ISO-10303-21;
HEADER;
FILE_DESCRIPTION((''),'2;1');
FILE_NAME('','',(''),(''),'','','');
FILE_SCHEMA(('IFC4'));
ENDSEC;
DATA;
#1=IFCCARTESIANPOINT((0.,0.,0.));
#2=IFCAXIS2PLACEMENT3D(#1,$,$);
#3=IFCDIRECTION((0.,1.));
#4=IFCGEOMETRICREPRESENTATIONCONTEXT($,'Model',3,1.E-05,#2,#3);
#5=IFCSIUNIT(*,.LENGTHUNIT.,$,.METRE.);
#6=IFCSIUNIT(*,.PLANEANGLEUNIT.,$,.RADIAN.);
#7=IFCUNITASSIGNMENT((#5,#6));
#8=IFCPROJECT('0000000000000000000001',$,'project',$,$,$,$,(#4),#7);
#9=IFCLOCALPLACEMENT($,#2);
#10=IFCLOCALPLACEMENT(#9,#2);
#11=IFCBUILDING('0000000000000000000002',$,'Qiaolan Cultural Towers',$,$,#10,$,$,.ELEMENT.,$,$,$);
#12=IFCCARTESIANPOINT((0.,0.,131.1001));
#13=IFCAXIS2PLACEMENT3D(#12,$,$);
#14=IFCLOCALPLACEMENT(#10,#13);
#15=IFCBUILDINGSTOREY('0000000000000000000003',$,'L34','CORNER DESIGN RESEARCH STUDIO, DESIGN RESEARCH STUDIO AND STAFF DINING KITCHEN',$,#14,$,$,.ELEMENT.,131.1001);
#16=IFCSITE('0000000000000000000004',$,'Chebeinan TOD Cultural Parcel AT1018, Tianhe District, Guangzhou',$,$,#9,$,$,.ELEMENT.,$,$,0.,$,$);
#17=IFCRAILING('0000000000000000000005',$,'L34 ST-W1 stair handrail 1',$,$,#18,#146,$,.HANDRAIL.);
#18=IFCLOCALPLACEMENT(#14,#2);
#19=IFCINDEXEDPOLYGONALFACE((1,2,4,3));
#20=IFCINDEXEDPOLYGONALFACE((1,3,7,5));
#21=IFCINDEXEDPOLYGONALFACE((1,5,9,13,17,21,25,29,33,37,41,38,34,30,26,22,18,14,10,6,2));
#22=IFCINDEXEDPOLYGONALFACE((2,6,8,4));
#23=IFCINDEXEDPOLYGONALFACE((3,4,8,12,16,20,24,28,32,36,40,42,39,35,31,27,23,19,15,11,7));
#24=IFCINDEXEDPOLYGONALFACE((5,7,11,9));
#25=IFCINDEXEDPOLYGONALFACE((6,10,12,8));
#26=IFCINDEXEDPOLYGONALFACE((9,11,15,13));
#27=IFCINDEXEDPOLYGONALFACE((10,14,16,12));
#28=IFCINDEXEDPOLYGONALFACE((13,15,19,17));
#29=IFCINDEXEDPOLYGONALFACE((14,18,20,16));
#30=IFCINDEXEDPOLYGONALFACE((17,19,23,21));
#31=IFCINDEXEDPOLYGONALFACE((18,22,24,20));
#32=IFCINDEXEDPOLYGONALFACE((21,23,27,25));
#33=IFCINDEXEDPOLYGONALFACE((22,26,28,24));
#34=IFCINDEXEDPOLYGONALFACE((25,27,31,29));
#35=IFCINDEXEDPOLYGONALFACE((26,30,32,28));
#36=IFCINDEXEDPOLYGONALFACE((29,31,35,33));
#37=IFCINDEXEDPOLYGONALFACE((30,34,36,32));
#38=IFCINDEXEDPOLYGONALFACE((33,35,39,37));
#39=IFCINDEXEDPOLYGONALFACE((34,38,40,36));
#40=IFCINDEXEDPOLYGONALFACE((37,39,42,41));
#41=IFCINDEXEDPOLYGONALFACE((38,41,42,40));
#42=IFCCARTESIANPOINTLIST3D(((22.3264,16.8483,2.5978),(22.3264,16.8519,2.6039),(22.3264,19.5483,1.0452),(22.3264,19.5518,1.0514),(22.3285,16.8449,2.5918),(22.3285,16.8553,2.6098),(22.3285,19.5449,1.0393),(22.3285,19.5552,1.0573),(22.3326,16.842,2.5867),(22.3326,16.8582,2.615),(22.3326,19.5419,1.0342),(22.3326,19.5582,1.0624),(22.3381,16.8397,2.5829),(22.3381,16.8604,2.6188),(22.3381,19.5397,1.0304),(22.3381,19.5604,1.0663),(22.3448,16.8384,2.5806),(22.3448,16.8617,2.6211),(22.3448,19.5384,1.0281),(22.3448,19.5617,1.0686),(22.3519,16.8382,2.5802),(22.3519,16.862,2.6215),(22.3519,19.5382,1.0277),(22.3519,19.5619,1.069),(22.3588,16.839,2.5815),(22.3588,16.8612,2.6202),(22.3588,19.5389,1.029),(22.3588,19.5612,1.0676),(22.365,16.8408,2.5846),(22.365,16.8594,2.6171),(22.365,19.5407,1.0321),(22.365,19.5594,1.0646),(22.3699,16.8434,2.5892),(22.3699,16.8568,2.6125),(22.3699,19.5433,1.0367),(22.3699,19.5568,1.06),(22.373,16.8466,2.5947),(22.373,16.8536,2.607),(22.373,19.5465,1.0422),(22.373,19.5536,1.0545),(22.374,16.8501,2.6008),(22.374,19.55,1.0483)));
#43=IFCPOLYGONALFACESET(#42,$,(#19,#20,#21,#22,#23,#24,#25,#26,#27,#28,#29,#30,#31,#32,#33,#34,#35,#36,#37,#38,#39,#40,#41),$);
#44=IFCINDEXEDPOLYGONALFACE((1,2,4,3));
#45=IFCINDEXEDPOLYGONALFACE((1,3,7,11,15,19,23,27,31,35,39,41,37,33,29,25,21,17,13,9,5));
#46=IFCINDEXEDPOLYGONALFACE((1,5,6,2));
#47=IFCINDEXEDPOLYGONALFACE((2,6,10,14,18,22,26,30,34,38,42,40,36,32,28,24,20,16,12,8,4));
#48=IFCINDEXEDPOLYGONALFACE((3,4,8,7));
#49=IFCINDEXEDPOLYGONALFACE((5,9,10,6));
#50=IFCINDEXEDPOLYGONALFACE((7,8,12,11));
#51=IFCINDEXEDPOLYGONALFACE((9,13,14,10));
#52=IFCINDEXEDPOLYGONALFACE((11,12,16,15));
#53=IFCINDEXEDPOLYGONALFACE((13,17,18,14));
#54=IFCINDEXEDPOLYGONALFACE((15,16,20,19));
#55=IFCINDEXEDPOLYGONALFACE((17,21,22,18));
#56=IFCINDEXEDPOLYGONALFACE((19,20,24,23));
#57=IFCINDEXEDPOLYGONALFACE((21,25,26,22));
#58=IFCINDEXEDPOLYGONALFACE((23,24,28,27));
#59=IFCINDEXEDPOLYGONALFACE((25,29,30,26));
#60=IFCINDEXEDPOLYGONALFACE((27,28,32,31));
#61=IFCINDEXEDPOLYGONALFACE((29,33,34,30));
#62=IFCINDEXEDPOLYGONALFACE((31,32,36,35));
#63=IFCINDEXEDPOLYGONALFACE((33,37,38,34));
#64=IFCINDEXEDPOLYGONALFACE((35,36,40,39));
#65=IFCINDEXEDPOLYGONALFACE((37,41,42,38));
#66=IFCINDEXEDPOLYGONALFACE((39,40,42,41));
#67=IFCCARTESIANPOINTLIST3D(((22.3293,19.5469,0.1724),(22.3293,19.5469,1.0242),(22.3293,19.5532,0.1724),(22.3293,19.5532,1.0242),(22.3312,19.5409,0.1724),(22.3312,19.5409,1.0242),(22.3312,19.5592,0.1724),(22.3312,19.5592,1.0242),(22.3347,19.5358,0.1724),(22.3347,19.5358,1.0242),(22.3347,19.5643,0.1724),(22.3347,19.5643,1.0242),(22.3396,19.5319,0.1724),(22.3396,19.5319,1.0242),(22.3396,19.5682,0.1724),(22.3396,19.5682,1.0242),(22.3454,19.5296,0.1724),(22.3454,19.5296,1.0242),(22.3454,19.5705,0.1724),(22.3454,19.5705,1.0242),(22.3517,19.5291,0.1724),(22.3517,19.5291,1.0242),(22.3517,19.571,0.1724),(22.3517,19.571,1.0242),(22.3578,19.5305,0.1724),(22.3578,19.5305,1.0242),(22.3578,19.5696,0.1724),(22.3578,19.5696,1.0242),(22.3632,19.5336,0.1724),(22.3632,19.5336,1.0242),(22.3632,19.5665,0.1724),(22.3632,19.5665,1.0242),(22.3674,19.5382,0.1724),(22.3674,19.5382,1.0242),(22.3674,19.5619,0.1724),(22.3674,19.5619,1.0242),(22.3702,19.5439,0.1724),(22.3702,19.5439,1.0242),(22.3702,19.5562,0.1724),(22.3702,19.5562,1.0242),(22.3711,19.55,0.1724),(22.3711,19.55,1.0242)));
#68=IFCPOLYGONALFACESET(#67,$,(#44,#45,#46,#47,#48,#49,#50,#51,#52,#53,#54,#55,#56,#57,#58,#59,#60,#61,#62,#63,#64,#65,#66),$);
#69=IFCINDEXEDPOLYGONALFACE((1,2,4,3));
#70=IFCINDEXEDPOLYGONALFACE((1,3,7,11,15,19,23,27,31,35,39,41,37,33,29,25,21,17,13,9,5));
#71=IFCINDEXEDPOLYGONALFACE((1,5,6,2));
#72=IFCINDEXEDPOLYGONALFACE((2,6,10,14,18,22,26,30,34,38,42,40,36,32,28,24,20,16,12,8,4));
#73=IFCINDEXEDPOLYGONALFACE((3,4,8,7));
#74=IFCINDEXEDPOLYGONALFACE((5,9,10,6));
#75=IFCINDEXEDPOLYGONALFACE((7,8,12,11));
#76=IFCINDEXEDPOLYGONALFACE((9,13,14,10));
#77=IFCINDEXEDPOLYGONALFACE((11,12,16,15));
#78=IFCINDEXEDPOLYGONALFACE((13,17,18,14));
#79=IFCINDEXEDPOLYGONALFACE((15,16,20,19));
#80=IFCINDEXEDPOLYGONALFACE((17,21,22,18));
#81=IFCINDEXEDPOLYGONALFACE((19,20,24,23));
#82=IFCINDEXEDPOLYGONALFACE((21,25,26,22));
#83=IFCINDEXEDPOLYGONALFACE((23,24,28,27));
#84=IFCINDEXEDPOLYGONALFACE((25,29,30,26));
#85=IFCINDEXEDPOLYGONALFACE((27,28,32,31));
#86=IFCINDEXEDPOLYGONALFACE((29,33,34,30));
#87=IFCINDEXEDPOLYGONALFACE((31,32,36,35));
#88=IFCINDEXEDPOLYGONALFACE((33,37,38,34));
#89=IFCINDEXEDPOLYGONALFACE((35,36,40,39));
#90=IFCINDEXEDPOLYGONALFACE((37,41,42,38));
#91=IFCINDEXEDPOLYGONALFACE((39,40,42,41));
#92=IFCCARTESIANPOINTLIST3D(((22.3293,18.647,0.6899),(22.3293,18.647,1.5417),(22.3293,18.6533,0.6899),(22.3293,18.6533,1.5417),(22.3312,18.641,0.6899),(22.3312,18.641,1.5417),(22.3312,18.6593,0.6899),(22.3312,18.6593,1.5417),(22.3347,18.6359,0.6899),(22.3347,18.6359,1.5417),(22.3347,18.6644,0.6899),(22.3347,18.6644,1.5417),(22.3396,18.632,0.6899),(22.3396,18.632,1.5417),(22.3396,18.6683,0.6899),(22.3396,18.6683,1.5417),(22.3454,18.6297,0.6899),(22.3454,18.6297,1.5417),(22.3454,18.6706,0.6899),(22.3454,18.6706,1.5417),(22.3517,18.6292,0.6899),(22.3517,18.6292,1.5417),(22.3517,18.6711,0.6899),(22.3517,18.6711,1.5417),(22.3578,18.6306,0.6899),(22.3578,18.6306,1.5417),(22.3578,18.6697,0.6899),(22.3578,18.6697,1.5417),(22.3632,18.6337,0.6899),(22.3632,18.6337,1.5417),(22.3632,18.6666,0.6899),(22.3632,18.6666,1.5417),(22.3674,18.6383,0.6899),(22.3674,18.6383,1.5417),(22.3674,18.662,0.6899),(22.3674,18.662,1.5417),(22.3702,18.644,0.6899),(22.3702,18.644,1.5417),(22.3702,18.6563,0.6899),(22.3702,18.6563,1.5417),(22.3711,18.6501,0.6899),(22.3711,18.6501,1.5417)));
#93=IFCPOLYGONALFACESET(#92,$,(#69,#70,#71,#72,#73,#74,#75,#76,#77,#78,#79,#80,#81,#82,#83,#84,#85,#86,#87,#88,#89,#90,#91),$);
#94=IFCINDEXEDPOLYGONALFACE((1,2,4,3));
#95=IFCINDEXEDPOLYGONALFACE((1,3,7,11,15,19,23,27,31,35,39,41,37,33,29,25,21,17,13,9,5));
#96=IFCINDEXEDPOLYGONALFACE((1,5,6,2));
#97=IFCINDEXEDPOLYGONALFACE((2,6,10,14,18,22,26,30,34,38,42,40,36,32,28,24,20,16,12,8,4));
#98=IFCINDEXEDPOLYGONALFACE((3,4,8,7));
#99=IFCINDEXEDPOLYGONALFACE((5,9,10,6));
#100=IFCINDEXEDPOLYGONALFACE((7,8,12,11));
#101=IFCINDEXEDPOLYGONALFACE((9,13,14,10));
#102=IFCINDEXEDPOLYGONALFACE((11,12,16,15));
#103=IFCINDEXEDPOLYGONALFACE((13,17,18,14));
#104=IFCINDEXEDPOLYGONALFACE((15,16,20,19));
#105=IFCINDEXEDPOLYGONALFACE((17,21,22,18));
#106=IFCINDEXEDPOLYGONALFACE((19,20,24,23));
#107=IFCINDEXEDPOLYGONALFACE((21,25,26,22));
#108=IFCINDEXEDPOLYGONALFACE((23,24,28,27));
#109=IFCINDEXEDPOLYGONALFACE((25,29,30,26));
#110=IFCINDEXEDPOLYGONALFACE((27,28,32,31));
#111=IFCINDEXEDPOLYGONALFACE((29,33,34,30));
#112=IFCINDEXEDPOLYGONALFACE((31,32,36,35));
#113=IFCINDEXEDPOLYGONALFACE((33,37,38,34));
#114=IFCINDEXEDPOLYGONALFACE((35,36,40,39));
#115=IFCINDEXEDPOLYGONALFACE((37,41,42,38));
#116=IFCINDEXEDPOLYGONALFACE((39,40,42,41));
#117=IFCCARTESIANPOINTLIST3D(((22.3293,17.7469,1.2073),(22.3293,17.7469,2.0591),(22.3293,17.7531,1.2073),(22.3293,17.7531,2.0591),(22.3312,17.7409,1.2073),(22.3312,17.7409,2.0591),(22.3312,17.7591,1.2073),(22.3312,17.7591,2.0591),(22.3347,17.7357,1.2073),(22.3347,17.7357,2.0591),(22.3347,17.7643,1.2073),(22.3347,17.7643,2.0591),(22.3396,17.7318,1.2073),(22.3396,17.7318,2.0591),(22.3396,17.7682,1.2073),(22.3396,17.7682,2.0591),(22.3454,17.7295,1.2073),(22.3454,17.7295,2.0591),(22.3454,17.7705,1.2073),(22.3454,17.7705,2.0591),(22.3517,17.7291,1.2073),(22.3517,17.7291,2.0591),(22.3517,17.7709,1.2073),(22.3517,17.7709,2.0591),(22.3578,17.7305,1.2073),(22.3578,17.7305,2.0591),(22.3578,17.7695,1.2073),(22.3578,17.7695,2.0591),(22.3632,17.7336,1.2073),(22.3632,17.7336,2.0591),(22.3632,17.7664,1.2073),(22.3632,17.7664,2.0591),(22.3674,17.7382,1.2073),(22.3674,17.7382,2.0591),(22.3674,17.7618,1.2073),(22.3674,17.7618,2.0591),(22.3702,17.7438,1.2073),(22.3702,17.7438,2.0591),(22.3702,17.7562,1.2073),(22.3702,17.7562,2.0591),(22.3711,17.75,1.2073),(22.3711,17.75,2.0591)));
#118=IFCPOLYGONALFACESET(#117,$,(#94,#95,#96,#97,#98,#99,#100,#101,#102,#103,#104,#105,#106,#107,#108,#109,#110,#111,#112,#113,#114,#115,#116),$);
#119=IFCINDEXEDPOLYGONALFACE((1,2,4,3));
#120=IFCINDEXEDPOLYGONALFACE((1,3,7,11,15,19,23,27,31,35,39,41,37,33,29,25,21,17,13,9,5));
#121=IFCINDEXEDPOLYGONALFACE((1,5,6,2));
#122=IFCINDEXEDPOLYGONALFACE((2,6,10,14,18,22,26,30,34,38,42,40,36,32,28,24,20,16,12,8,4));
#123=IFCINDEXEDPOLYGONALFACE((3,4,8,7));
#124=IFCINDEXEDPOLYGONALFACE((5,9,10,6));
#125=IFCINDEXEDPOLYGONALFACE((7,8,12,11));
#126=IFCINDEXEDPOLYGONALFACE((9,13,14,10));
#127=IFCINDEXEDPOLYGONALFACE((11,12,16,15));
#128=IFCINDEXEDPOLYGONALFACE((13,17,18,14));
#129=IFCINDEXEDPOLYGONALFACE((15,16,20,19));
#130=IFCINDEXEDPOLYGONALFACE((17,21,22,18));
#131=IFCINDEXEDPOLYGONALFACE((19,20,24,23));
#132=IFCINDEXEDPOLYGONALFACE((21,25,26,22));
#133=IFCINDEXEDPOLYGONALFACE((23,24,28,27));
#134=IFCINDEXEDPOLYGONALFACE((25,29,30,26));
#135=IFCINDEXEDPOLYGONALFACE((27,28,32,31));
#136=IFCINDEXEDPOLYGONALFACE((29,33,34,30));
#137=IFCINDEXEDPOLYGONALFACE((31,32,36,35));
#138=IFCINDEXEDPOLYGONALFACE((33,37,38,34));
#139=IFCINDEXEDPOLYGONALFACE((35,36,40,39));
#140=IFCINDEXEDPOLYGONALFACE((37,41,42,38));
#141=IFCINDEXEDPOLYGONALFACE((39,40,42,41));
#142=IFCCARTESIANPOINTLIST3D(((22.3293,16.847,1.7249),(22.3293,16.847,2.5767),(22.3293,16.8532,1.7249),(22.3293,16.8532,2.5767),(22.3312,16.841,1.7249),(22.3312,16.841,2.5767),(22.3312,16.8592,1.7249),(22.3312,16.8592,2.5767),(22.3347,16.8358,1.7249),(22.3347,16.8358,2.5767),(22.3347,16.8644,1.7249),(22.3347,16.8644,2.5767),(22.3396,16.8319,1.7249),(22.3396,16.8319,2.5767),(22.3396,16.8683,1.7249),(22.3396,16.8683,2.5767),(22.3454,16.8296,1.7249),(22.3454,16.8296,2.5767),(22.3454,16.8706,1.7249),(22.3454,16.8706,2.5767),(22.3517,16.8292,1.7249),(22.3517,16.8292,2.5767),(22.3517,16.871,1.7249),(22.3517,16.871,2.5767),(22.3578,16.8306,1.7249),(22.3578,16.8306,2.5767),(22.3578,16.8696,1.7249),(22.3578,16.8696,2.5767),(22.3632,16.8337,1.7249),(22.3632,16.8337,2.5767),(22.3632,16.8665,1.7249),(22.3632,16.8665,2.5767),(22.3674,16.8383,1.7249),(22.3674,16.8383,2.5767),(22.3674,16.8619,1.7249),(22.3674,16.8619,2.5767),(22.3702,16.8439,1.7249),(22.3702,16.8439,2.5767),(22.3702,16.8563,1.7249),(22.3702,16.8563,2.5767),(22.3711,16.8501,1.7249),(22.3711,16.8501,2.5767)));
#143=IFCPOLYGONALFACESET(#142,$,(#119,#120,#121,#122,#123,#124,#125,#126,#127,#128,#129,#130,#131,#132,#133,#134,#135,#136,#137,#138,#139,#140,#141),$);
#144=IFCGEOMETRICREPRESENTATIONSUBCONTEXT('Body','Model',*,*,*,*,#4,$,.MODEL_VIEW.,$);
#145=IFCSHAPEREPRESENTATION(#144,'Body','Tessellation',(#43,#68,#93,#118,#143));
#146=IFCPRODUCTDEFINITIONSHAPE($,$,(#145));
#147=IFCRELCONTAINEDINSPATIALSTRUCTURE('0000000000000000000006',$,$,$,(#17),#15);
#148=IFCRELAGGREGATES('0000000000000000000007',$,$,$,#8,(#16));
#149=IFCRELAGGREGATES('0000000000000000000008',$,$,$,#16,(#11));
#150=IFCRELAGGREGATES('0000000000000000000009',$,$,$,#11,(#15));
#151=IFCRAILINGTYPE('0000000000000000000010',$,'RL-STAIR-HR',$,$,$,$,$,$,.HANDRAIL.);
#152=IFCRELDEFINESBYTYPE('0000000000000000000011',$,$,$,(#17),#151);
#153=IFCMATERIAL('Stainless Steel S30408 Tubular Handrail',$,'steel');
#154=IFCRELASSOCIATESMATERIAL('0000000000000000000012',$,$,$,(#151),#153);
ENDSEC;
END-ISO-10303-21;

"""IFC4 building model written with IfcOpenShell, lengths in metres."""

from ifc_helpers import new_model, si_unit, direction, frame, origin, origin_2d, place, context, subcontext, project, spatial, circle, extrude, material, type_object, element, save


model = new_model("IFC4")

# Units and contexts
model_context = context("Model", 3, precision=1e-05, world=origin(), true_north=direction((0.0, 1.0)))
body_context = subcontext(model_context, "Body", "Model", "MODEL_VIEW")
ifc_project = project(units=[si_unit("LENGTHUNIT", "METRE"), si_unit("PLANEANGLEUNIT", "RADIAN")], contexts=[model_context])

# Site, building, storey
site_placement = place(None, origin())
site = spatial("IfcSite", under=ifc_project, at=site_placement, Name="Chebeinan TOD Cultural Parcel AT1018, Tianhe District, Guangzhou", CompositionType="ELEMENT", RefElevation=0.0)
building_placement = place(site_placement, origin())
building = spatial("IfcBuilding", under=site, at=building_placement, Name="Qiaolan Cultural Towers", CompositionType="ELEMENT")
storey_placement = place(building_placement, frame((0.0, 0.0, 131.1001)))
storey = spatial("IfcBuildingStorey", under=building, at=storey_placement, Name="L34", Description="CORNER DESIGN RESEARCH STUDIO, DESIGN RESEARCH STUDIO AND STAFF DINING KITCHEN", CompositionType="ELEMENT", Elevation=131.1001)

# Railing
ifc_material_1 = material(Name="Stainless Steel S30408 Tubular Handrail", Category="steel")
railing_type_1 = type_object("IfcRailingType", Name="RL-STAIR-HR", PredefinedType="HANDRAIL", material=ifc_material_1)
railing_1_placement = place(storey_placement, frame((22.3501, 19.55, 0.1724)))
element("IfcRailing", 1, at=railing_1_placement, inside=storey, type_object=railing_type_1, Name="L34 ST-W1 stair handrail 1", PredefinedType="HANDRAIL", context=body_context, shape_type="SweptSolid", body=[
    extrude(circle(Radius=0.0239, at=origin_2d()), frame((0.0, 0.0, 0.876), z_axis=(0.0, -0.866904, 0.498476), x_axis=(1.0, 0.0, 0.0)), (0.0, 0.0, 1.0), 3.1145),
    extrude(circle(Radius=0.021, at=origin_2d()), origin(), (0.0, 0.0, 1.0), 0.8518),
    extrude(circle(Radius=0.021, at=origin_2d()), frame((0.0, -0.8999, 0.5176)), (0.0, 0.0, 1.0), 0.8518),
    extrude(circle(Radius=0.021, at=origin_2d()), frame((0.0, -1.8, 1.0349)), (0.0, 0.0, 1.0), 0.8518),
    extrude(circle(Radius=0.021, at=origin_2d()), frame((0.0, -2.7, 1.5525)), (0.0, 0.0, 1.0), 0.8518),
])

save(model, "model.ifc")
